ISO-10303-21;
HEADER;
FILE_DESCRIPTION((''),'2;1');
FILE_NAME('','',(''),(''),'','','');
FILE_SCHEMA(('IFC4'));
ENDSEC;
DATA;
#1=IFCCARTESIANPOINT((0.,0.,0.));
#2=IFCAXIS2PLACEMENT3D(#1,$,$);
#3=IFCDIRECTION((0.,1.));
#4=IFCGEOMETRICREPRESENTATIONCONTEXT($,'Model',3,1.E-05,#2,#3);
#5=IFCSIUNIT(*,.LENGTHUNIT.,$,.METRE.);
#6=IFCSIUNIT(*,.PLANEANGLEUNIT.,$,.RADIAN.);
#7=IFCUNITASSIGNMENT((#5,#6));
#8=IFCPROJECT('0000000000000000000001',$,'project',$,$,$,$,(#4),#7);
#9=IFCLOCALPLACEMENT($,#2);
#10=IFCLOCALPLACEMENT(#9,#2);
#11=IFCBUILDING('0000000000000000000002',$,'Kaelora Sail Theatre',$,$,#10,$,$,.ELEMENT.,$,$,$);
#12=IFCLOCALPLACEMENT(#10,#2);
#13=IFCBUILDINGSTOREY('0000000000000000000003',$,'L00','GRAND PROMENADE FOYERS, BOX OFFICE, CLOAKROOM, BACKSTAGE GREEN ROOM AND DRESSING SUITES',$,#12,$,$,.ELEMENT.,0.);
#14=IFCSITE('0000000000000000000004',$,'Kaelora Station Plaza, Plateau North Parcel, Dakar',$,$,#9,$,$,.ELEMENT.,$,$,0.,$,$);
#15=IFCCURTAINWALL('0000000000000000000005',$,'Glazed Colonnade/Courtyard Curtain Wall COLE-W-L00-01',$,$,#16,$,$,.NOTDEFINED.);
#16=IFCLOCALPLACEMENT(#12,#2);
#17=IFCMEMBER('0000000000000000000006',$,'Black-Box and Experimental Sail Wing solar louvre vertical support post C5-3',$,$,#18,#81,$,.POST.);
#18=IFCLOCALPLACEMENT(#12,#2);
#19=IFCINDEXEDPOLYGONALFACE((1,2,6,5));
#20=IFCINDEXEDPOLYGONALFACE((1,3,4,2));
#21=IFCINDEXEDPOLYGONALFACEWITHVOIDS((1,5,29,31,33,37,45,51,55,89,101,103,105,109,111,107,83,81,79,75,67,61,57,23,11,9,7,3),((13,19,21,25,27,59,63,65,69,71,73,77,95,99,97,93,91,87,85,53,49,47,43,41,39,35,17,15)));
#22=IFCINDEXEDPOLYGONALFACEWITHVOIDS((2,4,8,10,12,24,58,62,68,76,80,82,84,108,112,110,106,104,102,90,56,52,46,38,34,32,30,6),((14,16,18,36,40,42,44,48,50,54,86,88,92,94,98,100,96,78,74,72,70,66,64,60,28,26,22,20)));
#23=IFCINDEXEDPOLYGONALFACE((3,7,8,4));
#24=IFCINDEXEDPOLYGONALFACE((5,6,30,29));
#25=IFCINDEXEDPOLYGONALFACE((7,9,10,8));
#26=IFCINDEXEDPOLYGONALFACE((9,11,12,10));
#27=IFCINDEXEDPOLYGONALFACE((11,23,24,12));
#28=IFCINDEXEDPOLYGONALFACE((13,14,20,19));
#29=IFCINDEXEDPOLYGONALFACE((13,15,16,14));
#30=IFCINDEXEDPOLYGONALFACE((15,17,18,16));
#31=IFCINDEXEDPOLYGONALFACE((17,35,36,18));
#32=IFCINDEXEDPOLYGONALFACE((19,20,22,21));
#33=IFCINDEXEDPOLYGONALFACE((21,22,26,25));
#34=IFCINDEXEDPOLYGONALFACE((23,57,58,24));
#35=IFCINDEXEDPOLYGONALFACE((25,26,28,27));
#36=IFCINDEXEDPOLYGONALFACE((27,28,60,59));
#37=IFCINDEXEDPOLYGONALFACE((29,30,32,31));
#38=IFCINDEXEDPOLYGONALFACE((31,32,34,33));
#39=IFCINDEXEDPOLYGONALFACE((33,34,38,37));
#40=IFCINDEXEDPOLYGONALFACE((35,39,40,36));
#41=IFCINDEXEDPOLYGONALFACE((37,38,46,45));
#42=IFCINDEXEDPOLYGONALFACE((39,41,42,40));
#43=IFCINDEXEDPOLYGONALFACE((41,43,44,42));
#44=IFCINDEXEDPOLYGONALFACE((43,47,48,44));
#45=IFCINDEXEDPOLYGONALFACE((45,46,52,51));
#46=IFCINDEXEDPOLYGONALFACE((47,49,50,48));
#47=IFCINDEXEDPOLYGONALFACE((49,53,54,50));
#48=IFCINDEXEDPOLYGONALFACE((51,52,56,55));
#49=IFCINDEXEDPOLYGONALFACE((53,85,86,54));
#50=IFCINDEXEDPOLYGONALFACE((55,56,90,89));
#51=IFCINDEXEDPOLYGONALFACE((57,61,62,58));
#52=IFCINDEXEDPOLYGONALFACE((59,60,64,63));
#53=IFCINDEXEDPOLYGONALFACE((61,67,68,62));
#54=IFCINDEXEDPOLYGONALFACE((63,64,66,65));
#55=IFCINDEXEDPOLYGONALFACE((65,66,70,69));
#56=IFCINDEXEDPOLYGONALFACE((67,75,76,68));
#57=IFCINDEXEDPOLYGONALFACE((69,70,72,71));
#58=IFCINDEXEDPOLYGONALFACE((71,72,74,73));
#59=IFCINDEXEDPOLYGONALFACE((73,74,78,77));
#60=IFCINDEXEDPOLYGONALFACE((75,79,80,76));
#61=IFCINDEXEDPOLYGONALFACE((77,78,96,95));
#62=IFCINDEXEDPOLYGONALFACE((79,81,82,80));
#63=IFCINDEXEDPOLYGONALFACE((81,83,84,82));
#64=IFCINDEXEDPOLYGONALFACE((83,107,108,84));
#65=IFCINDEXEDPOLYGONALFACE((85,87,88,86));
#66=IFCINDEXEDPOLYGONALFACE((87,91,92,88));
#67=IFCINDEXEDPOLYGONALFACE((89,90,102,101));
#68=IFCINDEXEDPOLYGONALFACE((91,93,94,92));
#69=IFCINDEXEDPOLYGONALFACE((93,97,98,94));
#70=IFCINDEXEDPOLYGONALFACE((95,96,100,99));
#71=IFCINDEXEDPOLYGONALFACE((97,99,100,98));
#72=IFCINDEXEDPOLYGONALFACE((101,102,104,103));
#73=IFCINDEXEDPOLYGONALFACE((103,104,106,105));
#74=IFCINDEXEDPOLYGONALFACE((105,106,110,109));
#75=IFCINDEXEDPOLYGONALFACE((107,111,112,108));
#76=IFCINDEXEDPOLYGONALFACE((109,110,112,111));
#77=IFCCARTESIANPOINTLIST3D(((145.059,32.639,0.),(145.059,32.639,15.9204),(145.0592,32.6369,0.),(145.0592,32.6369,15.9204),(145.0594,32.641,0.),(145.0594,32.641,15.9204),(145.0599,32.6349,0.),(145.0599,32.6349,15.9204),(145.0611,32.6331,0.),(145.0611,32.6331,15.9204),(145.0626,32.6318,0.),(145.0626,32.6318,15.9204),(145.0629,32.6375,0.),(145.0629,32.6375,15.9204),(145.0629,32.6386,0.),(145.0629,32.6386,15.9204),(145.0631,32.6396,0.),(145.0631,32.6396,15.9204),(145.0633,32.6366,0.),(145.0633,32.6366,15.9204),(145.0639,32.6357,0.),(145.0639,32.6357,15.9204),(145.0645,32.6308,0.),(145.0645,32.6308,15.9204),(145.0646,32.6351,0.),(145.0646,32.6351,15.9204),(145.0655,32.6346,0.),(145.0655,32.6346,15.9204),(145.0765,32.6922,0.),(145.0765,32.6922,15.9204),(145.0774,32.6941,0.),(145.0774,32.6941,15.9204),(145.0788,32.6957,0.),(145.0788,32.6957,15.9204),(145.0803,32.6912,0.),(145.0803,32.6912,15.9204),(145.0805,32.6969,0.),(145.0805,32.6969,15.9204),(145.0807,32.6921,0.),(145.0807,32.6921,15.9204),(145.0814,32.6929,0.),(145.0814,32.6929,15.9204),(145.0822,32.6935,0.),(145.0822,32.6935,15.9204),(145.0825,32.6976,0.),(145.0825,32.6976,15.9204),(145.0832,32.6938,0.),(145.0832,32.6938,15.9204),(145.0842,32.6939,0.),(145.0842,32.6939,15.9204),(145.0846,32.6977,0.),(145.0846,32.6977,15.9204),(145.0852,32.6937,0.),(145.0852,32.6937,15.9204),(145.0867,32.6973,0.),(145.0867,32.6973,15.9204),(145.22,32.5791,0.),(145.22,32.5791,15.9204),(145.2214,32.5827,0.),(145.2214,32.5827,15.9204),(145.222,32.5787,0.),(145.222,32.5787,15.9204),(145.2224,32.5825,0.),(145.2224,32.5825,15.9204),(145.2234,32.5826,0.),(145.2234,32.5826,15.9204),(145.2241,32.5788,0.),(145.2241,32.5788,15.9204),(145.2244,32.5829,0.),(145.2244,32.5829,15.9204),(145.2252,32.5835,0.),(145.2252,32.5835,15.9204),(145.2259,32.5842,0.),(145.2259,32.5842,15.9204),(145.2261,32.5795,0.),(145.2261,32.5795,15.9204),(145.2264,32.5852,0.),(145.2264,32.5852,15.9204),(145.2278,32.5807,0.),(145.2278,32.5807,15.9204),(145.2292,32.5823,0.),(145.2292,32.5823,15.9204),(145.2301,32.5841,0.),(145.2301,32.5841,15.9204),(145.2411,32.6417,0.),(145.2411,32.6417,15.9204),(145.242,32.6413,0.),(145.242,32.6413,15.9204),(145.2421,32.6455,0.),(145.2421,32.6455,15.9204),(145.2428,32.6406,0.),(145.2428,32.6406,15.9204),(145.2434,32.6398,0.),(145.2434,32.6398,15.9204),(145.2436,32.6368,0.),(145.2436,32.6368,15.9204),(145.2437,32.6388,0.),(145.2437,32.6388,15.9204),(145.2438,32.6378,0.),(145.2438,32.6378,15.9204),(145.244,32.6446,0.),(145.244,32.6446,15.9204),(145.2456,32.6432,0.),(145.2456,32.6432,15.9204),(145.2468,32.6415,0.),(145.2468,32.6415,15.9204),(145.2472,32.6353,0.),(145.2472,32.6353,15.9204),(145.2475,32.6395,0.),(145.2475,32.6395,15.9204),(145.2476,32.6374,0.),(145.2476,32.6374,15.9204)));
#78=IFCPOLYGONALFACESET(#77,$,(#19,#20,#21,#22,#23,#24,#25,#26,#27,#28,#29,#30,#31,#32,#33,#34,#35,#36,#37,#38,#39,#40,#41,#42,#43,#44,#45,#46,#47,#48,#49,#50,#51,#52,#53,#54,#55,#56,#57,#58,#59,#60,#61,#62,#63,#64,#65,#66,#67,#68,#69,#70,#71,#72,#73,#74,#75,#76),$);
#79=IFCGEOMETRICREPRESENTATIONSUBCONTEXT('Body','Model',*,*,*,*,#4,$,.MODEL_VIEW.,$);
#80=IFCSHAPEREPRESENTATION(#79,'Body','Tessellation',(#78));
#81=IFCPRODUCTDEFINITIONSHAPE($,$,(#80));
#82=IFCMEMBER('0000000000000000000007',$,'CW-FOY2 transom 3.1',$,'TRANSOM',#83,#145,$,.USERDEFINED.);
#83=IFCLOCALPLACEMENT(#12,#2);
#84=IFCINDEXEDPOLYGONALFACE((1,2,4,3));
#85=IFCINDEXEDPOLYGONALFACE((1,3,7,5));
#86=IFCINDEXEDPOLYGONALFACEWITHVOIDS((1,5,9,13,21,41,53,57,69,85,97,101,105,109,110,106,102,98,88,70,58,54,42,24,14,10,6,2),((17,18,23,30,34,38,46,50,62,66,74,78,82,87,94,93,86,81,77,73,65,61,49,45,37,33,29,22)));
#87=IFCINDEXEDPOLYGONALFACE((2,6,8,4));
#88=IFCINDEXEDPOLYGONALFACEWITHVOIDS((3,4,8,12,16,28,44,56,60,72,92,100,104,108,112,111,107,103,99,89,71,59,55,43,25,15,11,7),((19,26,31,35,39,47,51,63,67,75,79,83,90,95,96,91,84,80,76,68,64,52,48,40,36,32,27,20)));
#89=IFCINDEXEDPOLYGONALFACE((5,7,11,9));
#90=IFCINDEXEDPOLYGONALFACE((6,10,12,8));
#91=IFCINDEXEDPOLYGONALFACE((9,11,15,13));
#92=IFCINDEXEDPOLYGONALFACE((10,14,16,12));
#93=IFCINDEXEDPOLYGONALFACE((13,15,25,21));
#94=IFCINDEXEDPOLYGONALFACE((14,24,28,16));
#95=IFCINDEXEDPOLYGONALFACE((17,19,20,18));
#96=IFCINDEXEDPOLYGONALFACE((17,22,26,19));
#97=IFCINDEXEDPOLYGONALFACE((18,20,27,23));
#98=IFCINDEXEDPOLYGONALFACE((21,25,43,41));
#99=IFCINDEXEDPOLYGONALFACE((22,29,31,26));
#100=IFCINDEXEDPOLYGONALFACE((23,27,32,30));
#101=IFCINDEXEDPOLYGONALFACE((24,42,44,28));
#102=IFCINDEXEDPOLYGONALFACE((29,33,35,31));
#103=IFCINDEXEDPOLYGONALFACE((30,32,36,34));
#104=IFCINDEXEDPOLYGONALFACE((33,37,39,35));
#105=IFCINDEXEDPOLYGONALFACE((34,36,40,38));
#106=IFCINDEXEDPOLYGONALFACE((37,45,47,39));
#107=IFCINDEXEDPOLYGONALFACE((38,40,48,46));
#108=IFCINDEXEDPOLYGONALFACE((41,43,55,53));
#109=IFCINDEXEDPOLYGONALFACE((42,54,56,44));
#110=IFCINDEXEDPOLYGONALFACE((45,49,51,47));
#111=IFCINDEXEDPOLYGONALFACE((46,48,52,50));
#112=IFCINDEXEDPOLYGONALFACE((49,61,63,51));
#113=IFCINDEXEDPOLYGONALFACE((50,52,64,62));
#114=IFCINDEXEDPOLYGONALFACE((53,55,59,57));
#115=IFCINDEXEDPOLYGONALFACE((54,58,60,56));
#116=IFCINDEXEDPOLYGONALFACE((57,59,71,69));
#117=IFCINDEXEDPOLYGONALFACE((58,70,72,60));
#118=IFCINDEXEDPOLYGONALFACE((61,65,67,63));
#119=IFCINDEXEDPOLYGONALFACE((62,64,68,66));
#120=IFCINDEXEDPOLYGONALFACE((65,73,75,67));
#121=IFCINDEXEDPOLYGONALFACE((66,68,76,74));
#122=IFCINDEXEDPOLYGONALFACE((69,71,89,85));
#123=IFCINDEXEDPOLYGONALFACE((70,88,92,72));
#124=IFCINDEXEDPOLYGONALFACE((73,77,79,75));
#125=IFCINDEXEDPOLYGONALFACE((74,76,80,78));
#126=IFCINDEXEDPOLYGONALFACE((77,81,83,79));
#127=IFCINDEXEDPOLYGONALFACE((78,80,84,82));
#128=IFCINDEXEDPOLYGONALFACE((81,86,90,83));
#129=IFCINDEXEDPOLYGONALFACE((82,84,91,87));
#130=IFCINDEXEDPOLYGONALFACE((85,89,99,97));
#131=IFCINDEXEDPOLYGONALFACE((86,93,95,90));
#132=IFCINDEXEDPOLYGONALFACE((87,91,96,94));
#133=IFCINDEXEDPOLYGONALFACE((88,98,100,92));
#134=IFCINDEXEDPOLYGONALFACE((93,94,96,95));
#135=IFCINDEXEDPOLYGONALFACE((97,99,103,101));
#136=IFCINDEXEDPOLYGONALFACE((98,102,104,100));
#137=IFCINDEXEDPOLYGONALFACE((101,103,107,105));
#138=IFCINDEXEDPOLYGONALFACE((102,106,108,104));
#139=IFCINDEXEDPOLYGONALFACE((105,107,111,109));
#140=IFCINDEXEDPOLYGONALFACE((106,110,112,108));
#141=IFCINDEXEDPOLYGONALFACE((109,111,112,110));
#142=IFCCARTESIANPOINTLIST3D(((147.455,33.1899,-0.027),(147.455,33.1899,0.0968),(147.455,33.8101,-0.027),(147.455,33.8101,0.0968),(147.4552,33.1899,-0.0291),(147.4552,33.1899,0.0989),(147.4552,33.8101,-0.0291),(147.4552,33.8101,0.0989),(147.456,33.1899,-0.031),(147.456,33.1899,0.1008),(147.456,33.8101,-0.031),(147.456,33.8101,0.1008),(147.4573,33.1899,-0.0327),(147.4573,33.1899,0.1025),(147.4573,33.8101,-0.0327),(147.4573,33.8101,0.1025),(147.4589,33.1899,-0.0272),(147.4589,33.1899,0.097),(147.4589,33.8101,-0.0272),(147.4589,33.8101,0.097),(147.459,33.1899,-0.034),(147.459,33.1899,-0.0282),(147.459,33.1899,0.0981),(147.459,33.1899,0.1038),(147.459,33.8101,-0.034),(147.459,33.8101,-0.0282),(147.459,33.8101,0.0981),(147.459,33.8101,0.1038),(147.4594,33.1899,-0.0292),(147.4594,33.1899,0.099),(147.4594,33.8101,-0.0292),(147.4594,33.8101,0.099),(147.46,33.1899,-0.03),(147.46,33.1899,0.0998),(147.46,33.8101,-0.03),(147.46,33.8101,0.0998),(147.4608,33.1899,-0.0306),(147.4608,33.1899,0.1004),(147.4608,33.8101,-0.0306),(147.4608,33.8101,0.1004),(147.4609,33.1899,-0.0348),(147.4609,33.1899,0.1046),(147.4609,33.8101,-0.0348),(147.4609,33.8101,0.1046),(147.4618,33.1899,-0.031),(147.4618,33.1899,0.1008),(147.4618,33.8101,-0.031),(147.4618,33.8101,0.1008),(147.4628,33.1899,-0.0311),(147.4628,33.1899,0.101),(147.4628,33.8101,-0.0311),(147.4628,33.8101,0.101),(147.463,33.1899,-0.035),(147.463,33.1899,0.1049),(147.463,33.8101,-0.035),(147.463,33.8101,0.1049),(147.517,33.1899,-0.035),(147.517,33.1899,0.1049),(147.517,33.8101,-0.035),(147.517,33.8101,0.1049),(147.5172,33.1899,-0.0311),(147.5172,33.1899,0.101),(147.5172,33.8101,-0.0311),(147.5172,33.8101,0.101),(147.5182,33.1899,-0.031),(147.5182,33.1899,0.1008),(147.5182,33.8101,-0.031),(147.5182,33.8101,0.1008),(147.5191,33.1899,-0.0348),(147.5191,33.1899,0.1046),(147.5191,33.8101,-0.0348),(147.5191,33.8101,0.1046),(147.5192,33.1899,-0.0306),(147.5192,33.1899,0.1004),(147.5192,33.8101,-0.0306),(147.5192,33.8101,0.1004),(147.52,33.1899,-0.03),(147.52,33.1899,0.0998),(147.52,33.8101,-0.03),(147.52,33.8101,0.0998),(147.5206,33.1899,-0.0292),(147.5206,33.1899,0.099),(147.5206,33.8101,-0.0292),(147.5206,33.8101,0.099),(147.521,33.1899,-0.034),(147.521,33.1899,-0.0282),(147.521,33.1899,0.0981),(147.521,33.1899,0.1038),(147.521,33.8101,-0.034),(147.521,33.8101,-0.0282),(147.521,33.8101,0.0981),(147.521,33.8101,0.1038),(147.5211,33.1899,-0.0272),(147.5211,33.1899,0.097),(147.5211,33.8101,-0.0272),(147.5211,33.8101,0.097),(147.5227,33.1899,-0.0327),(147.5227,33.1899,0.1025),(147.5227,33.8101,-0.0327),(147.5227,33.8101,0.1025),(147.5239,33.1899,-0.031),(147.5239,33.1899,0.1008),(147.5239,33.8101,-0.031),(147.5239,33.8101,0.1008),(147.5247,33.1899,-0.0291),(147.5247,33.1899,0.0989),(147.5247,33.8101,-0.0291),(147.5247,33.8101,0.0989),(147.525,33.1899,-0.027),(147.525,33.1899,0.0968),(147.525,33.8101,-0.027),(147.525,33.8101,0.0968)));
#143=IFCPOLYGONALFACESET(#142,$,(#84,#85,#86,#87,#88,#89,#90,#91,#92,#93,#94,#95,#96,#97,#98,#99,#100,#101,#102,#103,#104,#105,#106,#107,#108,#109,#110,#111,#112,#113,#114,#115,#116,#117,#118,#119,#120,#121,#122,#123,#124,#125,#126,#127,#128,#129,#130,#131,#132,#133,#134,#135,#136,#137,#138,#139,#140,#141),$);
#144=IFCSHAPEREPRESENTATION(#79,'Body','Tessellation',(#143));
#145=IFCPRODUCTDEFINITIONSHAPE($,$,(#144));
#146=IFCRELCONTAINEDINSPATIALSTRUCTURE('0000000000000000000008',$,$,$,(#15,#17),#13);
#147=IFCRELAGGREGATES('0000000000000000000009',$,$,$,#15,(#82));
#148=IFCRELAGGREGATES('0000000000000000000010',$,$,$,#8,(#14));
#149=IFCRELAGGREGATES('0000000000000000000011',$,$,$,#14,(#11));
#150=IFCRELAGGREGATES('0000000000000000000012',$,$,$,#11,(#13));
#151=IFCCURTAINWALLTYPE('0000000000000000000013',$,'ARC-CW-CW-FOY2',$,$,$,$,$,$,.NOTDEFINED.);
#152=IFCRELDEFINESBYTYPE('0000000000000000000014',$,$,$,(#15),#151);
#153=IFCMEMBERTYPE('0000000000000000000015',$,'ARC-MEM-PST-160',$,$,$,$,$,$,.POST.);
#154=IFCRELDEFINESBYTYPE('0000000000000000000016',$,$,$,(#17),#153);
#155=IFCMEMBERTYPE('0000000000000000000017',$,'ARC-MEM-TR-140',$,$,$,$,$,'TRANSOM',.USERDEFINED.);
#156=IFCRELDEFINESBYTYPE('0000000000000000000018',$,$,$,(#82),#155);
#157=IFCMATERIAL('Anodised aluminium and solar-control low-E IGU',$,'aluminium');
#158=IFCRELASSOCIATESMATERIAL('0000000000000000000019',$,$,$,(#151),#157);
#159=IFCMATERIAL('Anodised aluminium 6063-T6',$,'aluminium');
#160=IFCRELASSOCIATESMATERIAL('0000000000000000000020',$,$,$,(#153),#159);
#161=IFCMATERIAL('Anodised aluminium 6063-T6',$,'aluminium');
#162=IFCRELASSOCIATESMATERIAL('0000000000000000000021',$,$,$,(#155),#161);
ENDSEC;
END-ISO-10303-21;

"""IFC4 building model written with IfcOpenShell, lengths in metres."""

from ifc_helpers import new_model, si_unit, direction, frame, origin, origin_2d, place, context, subcontext, project, spatial, hollow_rectangle, extrude, material, material_profile, profile_set, type_object, element, aggregate, save


model = new_model("IFC4")

# Units and contexts
model_context = context("Model", 3, precision=1e-05, world=origin(), true_north=direction((0.0, 1.0)))
body_context = subcontext(model_context, "Body", "Model", "MODEL_VIEW")
ifc_project = project(units=[si_unit("LENGTHUNIT", "METRE"), si_unit("PLANEANGLEUNIT", "RADIAN")], contexts=[model_context])

# Site, building, storey
site_placement = place(None, origin())
site = spatial("IfcSite", under=ifc_project, at=site_placement, Name="Kaelora Station Plaza, Plateau North Parcel, Dakar", CompositionType="ELEMENT", RefElevation=0.0)
building_placement = place(site_placement, origin())
building = spatial("IfcBuilding", under=site, at=building_placement, Name="Kaelora Sail Theatre", CompositionType="ELEMENT")
storey_placement = place(building_placement, origin())
storey = spatial("IfcBuildingStorey", under=building, at=storey_placement, Name="L00", Description="GRAND PROMENADE FOYERS, BOX OFFICE, CLOAKROOM, BACKSTAGE GREEN ROOM AND DRESSING SUITES", CompositionType="ELEMENT", Elevation=0.0)

# Curtain wall
ifc_material_1 = material(Name="Anodised aluminium and solar-control low-E IGU", Category="aluminium")
curtain_wall_type = type_object("IfcCurtainWallType", Name="ARC-CW-CW-FOY2", PredefinedType="NOTDEFINED", material=ifc_material_1)
curtain_wall_placement = place(storey_placement, origin())
curtain_wall = element("IfcCurtainWall", 1, at=curtain_wall_placement, inside=storey, type_object=curtain_wall_type, Name="Glazed Colonnade/Courtyard Curtain Wall COLE-W-L00-01", PredefinedType="NOTDEFINED")

# Member
ifc_material_2 = material(Name="Anodised aluminium 6063-T6", Category="aluminium")
ifc_material_profile_1 = material_profile(ifc_material_2, hollow_rectangle(XDim=0.0701, YDim=0.1799, WallThickness=0.0039, InnerFilletRadius=0.0039, OuterFilletRadius=0.0081, at=origin_2d()), Name="ALU-MULL 70x180x4")
ifc_profile_set_1 = profile_set([ifc_material_profile_1], Name="Anodised aluminium 6063-T6")
member_type_1 = type_object("IfcMemberType", Name="ARC-MEM-PST-160", PredefinedType="POST", material=ifc_profile_set_1)
for number, where, z_axis, x_axis, name in (
    (2, (145.1533, 32.6382, 0.0), (0.0, 0.0, 1.0), (-0.316146, -0.948711, 0.0), "Black-Box and Experimental Sail Wing solar louvre vertical support post C5-3"),
):
    element("IfcMember", number, at=place(storey_placement, frame(where, z_axis=z_axis, x_axis=x_axis)), inside=storey, type_object=member_type_1, Name=name, PredefinedType="POST", context=body_context, shape_type="SweptSolid", body=[
        extrude(hollow_rectangle(XDim=0.0701, YDim=0.1799, WallThickness=0.0039, InnerFilletRadius=0.0039, OuterFilletRadius=0.0081, at=origin_2d()), origin(), (0.0, 0.0, 1.0), 15.9204),
    ])

# Member
ifc_material_3 = material(Name="Anodised aluminium 6063-T6", Category="aluminium")
ifc_material_profile_2 = material_profile(ifc_material_3, hollow_rectangle(XDim=0.0701, YDim=0.1399, WallThickness=0.0039, InnerFilletRadius=0.0039, OuterFilletRadius=0.0081, at=origin_2d()), Name="ALU-TRAN 70x140x4")
ifc_profile_set_2 = profile_set([ifc_material_profile_2], Name="Anodised aluminium 6063-T6")
member_type_2 = type_object("IfcMemberType", Name="ARC-MEM-TR-140", ElementType="TRANSOM", PredefinedType="USERDEFINED", material=ifc_profile_set_2)
member_1_placement = place(storey_placement, frame((147.49, 33.1899, 0.0349), z_axis=(0.0, 1.0, 0.0), x_axis=(-1.0, 0.0, 0.0)))
member_1 = element("IfcMember", 3, at=member_1_placement, type_object=member_type_2, Name="CW-FOY2 transom 3.1", ObjectType="TRANSOM", PredefinedType="USERDEFINED", context=body_context, shape_type="SweptSolid", body=[
    extrude(hollow_rectangle(XDim=0.0701, YDim=0.1399, WallThickness=0.0039, InnerFilletRadius=0.0039, OuterFilletRadius=0.0081, at=origin_2d()), origin(), (0.0, 0.0, 1.0), 0.6201),
])

aggregate(curtain_wall, [member_1])

save(model, "model.ifc")
